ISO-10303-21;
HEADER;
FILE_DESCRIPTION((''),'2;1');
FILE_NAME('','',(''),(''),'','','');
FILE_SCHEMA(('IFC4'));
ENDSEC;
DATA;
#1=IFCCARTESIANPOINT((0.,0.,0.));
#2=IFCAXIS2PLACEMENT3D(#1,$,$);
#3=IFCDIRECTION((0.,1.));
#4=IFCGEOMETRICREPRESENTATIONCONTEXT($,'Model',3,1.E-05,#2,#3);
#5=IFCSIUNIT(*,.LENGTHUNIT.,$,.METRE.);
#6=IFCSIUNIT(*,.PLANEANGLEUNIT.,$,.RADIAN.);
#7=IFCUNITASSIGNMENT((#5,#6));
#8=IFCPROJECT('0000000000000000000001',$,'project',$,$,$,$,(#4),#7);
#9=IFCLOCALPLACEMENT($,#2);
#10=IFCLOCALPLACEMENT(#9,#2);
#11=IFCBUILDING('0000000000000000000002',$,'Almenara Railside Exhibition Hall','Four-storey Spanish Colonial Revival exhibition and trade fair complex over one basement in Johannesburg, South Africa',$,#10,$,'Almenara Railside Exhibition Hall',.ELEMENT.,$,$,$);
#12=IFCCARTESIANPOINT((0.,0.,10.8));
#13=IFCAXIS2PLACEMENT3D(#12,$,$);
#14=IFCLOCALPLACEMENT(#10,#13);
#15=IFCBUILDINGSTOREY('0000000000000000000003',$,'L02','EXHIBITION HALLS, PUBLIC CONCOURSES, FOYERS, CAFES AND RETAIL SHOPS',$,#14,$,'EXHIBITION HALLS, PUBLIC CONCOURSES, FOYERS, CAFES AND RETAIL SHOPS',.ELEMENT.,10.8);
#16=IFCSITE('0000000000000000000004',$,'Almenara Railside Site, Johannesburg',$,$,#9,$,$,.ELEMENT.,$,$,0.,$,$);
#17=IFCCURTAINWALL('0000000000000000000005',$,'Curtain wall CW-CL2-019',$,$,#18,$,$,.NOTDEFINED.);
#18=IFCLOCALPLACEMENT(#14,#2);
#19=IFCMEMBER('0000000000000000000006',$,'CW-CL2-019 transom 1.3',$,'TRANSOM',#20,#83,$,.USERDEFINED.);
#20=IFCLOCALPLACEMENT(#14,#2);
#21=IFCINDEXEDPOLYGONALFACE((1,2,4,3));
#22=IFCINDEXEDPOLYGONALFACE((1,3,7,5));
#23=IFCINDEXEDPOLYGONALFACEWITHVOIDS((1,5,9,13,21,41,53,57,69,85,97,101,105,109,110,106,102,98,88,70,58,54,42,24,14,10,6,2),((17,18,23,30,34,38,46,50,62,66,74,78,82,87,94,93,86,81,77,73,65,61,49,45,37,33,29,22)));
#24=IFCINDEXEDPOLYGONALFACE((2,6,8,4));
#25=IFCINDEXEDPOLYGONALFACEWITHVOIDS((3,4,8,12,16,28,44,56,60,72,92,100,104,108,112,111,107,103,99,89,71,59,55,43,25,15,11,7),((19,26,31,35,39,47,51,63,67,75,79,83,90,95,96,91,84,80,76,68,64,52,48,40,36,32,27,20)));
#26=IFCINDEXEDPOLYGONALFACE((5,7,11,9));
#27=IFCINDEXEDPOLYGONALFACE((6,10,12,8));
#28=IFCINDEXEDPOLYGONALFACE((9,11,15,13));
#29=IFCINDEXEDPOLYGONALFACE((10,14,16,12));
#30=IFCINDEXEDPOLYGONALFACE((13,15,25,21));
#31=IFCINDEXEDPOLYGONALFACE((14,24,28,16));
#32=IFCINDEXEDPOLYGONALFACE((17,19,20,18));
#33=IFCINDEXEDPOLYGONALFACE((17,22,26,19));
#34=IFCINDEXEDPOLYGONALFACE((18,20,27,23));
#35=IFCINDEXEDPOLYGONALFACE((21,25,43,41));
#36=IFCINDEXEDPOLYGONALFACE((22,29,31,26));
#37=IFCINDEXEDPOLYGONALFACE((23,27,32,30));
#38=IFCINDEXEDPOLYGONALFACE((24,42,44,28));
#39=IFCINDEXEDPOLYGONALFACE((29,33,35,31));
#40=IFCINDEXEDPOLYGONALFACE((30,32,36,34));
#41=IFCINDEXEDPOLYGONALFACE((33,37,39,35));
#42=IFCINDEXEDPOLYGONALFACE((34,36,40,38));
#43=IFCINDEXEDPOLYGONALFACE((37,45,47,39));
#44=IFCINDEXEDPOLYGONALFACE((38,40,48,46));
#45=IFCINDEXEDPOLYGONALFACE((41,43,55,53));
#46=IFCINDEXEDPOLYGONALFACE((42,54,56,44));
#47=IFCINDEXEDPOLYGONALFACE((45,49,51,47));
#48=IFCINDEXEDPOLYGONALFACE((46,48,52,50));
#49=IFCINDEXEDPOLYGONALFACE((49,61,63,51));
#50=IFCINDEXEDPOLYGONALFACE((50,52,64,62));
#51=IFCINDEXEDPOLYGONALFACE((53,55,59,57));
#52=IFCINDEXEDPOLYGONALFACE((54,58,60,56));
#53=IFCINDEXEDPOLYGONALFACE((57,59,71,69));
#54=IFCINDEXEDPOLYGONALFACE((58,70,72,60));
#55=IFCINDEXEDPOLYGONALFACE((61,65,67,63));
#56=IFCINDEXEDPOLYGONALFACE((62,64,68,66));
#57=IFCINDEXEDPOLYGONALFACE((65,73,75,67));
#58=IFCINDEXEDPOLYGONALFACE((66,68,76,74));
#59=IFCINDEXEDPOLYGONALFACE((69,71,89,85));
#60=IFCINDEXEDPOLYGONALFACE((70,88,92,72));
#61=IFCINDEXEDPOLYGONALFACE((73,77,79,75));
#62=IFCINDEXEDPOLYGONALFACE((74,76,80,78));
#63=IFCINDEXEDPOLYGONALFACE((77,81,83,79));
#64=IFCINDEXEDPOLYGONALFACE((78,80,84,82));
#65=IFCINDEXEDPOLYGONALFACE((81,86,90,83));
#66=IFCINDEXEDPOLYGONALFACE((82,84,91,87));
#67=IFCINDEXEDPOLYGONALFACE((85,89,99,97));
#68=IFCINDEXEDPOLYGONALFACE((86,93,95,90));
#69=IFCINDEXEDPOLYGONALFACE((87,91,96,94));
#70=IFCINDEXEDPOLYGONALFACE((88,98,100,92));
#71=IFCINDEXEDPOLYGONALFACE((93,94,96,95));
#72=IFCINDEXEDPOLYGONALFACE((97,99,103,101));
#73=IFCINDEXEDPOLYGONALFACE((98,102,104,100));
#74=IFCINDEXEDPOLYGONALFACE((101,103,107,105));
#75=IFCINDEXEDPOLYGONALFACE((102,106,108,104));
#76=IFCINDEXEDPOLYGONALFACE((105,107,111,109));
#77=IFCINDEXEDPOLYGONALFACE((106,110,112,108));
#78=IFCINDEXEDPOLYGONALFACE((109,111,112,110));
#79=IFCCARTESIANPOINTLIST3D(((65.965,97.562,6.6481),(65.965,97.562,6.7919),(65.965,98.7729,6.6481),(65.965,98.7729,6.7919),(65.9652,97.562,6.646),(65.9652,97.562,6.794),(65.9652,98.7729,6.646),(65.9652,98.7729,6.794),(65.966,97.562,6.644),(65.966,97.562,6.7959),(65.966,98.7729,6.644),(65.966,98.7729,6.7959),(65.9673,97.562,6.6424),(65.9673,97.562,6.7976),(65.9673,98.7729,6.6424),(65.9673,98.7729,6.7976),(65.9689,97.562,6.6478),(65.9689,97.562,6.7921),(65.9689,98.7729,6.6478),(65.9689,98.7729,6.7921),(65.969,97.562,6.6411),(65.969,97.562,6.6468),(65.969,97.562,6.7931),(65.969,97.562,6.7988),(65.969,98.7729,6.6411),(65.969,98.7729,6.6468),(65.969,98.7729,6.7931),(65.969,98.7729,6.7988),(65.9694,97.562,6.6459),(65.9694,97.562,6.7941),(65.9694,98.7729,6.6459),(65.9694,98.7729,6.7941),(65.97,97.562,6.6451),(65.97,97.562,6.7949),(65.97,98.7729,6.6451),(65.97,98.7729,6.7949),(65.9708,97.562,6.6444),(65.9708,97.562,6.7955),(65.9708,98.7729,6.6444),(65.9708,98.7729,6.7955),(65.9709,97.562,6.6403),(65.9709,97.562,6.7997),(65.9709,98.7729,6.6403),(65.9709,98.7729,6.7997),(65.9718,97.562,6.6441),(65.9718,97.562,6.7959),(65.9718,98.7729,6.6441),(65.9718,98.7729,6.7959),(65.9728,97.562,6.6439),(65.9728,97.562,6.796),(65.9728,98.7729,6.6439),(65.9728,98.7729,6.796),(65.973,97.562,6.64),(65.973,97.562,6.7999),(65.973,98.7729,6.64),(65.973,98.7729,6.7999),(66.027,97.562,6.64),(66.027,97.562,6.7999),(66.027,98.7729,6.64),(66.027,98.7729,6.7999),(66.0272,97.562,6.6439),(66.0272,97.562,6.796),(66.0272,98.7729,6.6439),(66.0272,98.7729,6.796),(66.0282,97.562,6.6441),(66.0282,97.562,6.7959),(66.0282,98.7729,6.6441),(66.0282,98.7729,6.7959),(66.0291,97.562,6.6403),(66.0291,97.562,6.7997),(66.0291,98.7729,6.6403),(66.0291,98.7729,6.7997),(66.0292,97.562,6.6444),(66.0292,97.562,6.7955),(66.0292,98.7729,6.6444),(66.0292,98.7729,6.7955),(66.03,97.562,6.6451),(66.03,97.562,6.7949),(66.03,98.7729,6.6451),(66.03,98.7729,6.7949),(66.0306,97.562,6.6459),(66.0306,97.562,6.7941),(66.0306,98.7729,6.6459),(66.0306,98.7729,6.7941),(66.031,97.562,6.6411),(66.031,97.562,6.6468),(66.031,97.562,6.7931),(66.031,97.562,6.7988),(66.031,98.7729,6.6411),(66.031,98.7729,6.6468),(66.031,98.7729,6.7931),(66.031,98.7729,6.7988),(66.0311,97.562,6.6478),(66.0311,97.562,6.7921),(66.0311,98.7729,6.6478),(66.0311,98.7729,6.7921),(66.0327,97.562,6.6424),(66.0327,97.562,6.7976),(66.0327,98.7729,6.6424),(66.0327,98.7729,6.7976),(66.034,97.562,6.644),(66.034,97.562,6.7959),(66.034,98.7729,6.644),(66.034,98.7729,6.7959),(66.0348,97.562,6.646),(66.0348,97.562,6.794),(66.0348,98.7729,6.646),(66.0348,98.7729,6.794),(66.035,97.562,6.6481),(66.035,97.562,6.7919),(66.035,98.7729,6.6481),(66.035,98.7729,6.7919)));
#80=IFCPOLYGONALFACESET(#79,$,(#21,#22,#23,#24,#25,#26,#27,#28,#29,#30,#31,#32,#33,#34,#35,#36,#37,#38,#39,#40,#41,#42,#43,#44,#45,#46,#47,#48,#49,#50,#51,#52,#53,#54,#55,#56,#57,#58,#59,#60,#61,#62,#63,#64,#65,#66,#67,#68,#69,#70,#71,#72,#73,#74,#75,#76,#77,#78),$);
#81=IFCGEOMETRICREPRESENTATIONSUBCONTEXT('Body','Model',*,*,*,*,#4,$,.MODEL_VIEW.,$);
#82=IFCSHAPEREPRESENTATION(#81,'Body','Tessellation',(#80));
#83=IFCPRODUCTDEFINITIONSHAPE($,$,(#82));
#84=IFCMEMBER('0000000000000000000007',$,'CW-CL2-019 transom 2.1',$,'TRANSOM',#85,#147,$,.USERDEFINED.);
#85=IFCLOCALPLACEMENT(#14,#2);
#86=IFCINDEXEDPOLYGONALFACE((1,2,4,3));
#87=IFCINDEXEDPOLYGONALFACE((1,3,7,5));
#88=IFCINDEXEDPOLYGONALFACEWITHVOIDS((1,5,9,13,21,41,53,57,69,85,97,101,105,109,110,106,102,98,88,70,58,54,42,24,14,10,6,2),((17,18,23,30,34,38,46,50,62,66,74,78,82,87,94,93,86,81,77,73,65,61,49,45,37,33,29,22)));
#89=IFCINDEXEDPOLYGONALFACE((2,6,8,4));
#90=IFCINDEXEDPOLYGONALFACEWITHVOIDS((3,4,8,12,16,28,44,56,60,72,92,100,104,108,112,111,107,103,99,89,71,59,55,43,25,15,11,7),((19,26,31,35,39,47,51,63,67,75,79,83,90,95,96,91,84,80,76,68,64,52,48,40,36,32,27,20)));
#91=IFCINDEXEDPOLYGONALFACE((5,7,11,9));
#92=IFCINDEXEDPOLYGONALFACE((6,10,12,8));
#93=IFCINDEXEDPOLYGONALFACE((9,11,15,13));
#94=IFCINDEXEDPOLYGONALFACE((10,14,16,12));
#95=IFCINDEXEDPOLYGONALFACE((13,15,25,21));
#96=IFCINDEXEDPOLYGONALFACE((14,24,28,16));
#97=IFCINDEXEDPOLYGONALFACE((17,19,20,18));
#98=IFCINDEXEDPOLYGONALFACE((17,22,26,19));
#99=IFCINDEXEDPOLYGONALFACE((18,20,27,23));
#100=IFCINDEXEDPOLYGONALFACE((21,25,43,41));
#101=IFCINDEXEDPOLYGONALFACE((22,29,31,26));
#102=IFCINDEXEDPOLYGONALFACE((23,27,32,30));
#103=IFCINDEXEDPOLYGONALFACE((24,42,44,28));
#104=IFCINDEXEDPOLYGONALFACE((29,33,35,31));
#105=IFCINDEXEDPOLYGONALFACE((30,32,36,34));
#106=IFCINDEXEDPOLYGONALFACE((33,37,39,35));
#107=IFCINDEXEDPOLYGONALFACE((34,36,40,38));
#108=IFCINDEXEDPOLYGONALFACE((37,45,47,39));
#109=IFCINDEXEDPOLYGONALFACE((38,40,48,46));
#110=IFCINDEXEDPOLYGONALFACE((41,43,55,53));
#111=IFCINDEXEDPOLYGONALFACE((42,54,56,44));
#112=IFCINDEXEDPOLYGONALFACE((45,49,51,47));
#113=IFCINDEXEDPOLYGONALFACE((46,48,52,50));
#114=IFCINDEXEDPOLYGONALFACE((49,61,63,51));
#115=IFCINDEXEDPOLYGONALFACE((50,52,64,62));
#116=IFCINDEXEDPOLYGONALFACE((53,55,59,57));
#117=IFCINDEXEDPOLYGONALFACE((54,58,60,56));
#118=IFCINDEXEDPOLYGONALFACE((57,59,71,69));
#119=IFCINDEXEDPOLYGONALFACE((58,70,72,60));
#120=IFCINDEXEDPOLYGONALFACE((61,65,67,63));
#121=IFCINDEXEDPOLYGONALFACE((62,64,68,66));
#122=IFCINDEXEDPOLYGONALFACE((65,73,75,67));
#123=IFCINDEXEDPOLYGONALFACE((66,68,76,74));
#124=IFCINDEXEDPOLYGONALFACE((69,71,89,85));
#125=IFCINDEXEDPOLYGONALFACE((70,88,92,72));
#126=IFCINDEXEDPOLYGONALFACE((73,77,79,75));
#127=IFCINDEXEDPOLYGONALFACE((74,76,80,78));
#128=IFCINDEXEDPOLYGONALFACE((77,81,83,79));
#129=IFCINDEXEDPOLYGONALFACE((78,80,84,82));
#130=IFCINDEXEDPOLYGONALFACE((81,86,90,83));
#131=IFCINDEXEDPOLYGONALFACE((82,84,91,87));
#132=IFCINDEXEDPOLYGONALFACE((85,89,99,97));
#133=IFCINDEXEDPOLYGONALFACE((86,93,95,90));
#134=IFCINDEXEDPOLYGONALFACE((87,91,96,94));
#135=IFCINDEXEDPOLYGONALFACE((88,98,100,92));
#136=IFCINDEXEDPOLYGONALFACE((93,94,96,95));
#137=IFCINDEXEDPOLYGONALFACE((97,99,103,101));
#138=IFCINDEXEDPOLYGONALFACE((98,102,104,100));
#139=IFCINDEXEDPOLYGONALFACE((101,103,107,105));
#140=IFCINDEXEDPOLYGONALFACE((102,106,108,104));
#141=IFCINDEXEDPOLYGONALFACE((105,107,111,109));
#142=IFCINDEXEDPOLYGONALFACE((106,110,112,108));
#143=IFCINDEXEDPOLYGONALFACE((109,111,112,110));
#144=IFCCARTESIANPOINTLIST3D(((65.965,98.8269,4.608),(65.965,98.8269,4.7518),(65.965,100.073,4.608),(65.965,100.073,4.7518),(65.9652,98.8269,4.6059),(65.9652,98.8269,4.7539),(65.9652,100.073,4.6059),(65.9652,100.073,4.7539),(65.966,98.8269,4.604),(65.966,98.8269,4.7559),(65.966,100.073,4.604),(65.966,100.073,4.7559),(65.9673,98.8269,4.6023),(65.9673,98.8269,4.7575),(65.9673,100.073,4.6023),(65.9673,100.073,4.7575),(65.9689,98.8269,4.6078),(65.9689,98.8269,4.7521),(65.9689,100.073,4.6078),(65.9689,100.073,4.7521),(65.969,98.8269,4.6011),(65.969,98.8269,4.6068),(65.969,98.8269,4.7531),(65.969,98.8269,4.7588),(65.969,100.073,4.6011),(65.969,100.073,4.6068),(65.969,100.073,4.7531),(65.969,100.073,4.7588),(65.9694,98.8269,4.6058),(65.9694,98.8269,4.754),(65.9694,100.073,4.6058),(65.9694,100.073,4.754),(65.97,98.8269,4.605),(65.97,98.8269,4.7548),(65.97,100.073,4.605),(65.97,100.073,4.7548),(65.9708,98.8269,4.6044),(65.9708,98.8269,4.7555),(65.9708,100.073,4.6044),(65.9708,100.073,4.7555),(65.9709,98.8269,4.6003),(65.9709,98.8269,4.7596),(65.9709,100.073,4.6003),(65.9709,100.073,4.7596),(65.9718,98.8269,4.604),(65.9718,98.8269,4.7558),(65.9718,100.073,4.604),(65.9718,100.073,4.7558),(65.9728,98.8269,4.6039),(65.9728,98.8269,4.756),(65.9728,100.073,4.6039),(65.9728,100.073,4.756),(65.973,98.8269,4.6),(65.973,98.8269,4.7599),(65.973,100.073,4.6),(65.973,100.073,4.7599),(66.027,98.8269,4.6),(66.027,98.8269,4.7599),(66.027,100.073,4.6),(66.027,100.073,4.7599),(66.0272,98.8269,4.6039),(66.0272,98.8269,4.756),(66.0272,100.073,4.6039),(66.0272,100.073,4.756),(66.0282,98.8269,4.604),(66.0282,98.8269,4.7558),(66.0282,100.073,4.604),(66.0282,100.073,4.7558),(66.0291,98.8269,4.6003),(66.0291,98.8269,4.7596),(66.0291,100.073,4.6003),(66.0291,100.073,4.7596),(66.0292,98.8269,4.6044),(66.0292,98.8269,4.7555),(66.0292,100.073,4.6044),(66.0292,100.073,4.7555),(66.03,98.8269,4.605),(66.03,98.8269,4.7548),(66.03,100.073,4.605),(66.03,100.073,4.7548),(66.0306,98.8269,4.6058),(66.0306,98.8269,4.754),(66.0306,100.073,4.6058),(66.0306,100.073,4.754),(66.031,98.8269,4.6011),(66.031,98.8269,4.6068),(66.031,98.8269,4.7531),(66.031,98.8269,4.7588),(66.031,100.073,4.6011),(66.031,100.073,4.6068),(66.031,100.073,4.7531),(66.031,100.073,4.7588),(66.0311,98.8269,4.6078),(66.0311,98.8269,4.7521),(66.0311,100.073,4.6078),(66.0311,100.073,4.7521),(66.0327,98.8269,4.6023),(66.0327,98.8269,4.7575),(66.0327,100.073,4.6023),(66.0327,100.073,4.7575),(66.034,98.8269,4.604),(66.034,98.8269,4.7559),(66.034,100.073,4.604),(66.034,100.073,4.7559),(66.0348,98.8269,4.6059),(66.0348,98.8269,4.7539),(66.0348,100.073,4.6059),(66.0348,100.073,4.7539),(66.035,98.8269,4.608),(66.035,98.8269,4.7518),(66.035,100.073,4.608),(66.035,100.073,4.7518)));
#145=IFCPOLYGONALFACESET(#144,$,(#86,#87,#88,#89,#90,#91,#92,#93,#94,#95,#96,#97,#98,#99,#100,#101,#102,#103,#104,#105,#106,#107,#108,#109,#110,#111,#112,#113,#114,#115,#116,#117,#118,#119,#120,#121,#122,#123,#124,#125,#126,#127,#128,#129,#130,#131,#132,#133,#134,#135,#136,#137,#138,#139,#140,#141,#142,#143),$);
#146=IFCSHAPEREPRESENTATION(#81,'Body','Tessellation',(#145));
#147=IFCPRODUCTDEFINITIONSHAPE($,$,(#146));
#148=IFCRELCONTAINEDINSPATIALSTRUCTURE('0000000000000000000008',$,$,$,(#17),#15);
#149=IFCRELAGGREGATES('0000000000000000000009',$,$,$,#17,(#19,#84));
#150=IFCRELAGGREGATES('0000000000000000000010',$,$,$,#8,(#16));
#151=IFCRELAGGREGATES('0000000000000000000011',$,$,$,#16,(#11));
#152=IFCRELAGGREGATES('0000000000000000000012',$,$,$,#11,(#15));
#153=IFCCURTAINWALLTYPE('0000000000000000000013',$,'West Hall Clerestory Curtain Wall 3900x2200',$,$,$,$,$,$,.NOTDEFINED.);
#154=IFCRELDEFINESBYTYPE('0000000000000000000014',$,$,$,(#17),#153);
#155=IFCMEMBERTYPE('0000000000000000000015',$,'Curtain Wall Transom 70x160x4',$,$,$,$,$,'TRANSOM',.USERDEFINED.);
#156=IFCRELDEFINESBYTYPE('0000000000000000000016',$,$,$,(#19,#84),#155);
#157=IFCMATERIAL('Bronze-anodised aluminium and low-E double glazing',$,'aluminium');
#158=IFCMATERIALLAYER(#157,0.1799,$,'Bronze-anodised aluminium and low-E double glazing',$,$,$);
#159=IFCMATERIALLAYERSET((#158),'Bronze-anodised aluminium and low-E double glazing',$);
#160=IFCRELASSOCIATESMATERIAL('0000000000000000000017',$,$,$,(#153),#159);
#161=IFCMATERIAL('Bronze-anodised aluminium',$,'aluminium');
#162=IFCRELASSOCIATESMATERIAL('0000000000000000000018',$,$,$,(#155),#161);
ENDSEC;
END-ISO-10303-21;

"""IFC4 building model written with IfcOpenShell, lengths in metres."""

from ifc_helpers import new_model, si_unit, direction, frame, origin, origin_2d, place, context, subcontext, project, spatial, hollow_rectangle, extrude, material, layer, layer_set, material_profile, profile_set, type_object, element, aggregate, save


model = new_model("IFC4")

# Units and contexts
model_context = context("Model", 3, precision=1e-05, world=origin(), true_north=direction((0.0, 1.0)))
body_context = subcontext(model_context, "Body", "Model", "MODEL_VIEW")
ifc_project = project(units=[si_unit("LENGTHUNIT", "METRE"), si_unit("PLANEANGLEUNIT", "RADIAN")], contexts=[model_context])

# Site, building, storey
site_placement = place(None, origin())
site = spatial("IfcSite", under=ifc_project, at=site_placement, Name="Almenara Railside Site, Johannesburg", CompositionType="ELEMENT", RefElevation=0.0)
building_placement = place(site_placement, origin())
building = spatial("IfcBuilding", under=site, at=building_placement, Name="Almenara Railside Exhibition Hall", Description="Four-storey Spanish Colonial Revival exhibition and trade fair complex over one basement in Johannesburg, South Africa", LongName="Almenara Railside Exhibition Hall", CompositionType="ELEMENT")
storey_placement = place(building_placement, frame((0.0, 0.0, 10.8)))
storey = spatial("IfcBuildingStorey", under=building, at=storey_placement, Name="L02", Description="EXHIBITION HALLS, PUBLIC CONCOURSES, FOYERS, CAFES AND RETAIL SHOPS", LongName="EXHIBITION HALLS, PUBLIC CONCOURSES, FOYERS, CAFES AND RETAIL SHOPS", CompositionType="ELEMENT", Elevation=10.8)

# Curtain wall
ifc_material_1 = material(Name="Bronze-anodised aluminium and low-E double glazing", Category="aluminium")
ifc_layer_1 = layer(ifc_material_1, 0.1799, Name="Bronze-anodised aluminium and low-E double glazing")
ifc_layer_set_1 = layer_set([ifc_layer_1], Name="Bronze-anodised aluminium and low-E double glazing")
curtain_wall_type = type_object("IfcCurtainWallType", Name="West Hall Clerestory Curtain Wall 3900x2200", PredefinedType="NOTDEFINED", material=ifc_layer_set_1)
ifc_material_2 = material(Name="Bronze-anodised aluminium", Category="aluminium")
curtain_wall_1_placement = place(storey_placement, origin())
curtain_wall_1 = element("IfcCurtainWall", 1, at=curtain_wall_1_placement, inside=storey, type_object=curtain_wall_type, Name="Curtain wall CW-CL2-019", PredefinedType="NOTDEFINED")

# Members
ifc_material_profile_1 = material_profile(ifc_material_2, hollow_rectangle(XDim=0.0701, YDim=0.1599, WallThickness=0.0039, InnerFilletRadius=0.0039, OuterFilletRadius=0.0081, at=origin_2d()), Name="ALU-TRN 70x160x4")
ifc_profile_set_1 = profile_set([ifc_material_profile_1], Name="Bronze-anodised aluminium")
member_type_1 = type_object("IfcMemberType", Name="Curtain Wall Transom 70x160x4", ElementType="TRANSOM", PredefinedType="USERDEFINED", material=ifc_profile_set_1)
member_1_placement = place(storey_placement, frame((66.0, 97.562, 6.72), z_axis=(0.0, 1.0, 0.0), x_axis=(-1.0, 0.0, 0.0)))
member_1 = element("IfcMember", 2, at=member_1_placement, type_object=member_type_1, Name="CW-CL2-019 transom 1.3", ObjectType="TRANSOM", PredefinedType="USERDEFINED", context=body_context, shape_type="SweptSolid", body=[
    extrude(hollow_rectangle(XDim=0.0701, YDim=0.1599, WallThickness=0.0039, InnerFilletRadius=0.0039, OuterFilletRadius=0.0081, at=origin_2d()), origin(), (0.0, 0.0, 1.0), 1.2109),
])
member_2_placement = place(storey_placement, frame((66.0, 98.8269, 4.6799), z_axis=(0.0, 1.0, 0.0), x_axis=(-1.0, 0.0, 0.0)))
member_2 = element("IfcMember", 3, at=member_2_placement, type_object=member_type_1, Name="CW-CL2-019 transom 2.1", ObjectType="TRANSOM", PredefinedType="USERDEFINED", context=body_context, shape_type="SweptSolid", body=[
    extrude(hollow_rectangle(XDim=0.0701, YDim=0.1599, WallThickness=0.0039, InnerFilletRadius=0.0039, OuterFilletRadius=0.0081, at=origin_2d()), origin(), (0.0, 0.0, 1.0), 1.2461),
])

aggregate(curtain_wall_1, [member_1, member_2])

save(model, "model.ifc")
